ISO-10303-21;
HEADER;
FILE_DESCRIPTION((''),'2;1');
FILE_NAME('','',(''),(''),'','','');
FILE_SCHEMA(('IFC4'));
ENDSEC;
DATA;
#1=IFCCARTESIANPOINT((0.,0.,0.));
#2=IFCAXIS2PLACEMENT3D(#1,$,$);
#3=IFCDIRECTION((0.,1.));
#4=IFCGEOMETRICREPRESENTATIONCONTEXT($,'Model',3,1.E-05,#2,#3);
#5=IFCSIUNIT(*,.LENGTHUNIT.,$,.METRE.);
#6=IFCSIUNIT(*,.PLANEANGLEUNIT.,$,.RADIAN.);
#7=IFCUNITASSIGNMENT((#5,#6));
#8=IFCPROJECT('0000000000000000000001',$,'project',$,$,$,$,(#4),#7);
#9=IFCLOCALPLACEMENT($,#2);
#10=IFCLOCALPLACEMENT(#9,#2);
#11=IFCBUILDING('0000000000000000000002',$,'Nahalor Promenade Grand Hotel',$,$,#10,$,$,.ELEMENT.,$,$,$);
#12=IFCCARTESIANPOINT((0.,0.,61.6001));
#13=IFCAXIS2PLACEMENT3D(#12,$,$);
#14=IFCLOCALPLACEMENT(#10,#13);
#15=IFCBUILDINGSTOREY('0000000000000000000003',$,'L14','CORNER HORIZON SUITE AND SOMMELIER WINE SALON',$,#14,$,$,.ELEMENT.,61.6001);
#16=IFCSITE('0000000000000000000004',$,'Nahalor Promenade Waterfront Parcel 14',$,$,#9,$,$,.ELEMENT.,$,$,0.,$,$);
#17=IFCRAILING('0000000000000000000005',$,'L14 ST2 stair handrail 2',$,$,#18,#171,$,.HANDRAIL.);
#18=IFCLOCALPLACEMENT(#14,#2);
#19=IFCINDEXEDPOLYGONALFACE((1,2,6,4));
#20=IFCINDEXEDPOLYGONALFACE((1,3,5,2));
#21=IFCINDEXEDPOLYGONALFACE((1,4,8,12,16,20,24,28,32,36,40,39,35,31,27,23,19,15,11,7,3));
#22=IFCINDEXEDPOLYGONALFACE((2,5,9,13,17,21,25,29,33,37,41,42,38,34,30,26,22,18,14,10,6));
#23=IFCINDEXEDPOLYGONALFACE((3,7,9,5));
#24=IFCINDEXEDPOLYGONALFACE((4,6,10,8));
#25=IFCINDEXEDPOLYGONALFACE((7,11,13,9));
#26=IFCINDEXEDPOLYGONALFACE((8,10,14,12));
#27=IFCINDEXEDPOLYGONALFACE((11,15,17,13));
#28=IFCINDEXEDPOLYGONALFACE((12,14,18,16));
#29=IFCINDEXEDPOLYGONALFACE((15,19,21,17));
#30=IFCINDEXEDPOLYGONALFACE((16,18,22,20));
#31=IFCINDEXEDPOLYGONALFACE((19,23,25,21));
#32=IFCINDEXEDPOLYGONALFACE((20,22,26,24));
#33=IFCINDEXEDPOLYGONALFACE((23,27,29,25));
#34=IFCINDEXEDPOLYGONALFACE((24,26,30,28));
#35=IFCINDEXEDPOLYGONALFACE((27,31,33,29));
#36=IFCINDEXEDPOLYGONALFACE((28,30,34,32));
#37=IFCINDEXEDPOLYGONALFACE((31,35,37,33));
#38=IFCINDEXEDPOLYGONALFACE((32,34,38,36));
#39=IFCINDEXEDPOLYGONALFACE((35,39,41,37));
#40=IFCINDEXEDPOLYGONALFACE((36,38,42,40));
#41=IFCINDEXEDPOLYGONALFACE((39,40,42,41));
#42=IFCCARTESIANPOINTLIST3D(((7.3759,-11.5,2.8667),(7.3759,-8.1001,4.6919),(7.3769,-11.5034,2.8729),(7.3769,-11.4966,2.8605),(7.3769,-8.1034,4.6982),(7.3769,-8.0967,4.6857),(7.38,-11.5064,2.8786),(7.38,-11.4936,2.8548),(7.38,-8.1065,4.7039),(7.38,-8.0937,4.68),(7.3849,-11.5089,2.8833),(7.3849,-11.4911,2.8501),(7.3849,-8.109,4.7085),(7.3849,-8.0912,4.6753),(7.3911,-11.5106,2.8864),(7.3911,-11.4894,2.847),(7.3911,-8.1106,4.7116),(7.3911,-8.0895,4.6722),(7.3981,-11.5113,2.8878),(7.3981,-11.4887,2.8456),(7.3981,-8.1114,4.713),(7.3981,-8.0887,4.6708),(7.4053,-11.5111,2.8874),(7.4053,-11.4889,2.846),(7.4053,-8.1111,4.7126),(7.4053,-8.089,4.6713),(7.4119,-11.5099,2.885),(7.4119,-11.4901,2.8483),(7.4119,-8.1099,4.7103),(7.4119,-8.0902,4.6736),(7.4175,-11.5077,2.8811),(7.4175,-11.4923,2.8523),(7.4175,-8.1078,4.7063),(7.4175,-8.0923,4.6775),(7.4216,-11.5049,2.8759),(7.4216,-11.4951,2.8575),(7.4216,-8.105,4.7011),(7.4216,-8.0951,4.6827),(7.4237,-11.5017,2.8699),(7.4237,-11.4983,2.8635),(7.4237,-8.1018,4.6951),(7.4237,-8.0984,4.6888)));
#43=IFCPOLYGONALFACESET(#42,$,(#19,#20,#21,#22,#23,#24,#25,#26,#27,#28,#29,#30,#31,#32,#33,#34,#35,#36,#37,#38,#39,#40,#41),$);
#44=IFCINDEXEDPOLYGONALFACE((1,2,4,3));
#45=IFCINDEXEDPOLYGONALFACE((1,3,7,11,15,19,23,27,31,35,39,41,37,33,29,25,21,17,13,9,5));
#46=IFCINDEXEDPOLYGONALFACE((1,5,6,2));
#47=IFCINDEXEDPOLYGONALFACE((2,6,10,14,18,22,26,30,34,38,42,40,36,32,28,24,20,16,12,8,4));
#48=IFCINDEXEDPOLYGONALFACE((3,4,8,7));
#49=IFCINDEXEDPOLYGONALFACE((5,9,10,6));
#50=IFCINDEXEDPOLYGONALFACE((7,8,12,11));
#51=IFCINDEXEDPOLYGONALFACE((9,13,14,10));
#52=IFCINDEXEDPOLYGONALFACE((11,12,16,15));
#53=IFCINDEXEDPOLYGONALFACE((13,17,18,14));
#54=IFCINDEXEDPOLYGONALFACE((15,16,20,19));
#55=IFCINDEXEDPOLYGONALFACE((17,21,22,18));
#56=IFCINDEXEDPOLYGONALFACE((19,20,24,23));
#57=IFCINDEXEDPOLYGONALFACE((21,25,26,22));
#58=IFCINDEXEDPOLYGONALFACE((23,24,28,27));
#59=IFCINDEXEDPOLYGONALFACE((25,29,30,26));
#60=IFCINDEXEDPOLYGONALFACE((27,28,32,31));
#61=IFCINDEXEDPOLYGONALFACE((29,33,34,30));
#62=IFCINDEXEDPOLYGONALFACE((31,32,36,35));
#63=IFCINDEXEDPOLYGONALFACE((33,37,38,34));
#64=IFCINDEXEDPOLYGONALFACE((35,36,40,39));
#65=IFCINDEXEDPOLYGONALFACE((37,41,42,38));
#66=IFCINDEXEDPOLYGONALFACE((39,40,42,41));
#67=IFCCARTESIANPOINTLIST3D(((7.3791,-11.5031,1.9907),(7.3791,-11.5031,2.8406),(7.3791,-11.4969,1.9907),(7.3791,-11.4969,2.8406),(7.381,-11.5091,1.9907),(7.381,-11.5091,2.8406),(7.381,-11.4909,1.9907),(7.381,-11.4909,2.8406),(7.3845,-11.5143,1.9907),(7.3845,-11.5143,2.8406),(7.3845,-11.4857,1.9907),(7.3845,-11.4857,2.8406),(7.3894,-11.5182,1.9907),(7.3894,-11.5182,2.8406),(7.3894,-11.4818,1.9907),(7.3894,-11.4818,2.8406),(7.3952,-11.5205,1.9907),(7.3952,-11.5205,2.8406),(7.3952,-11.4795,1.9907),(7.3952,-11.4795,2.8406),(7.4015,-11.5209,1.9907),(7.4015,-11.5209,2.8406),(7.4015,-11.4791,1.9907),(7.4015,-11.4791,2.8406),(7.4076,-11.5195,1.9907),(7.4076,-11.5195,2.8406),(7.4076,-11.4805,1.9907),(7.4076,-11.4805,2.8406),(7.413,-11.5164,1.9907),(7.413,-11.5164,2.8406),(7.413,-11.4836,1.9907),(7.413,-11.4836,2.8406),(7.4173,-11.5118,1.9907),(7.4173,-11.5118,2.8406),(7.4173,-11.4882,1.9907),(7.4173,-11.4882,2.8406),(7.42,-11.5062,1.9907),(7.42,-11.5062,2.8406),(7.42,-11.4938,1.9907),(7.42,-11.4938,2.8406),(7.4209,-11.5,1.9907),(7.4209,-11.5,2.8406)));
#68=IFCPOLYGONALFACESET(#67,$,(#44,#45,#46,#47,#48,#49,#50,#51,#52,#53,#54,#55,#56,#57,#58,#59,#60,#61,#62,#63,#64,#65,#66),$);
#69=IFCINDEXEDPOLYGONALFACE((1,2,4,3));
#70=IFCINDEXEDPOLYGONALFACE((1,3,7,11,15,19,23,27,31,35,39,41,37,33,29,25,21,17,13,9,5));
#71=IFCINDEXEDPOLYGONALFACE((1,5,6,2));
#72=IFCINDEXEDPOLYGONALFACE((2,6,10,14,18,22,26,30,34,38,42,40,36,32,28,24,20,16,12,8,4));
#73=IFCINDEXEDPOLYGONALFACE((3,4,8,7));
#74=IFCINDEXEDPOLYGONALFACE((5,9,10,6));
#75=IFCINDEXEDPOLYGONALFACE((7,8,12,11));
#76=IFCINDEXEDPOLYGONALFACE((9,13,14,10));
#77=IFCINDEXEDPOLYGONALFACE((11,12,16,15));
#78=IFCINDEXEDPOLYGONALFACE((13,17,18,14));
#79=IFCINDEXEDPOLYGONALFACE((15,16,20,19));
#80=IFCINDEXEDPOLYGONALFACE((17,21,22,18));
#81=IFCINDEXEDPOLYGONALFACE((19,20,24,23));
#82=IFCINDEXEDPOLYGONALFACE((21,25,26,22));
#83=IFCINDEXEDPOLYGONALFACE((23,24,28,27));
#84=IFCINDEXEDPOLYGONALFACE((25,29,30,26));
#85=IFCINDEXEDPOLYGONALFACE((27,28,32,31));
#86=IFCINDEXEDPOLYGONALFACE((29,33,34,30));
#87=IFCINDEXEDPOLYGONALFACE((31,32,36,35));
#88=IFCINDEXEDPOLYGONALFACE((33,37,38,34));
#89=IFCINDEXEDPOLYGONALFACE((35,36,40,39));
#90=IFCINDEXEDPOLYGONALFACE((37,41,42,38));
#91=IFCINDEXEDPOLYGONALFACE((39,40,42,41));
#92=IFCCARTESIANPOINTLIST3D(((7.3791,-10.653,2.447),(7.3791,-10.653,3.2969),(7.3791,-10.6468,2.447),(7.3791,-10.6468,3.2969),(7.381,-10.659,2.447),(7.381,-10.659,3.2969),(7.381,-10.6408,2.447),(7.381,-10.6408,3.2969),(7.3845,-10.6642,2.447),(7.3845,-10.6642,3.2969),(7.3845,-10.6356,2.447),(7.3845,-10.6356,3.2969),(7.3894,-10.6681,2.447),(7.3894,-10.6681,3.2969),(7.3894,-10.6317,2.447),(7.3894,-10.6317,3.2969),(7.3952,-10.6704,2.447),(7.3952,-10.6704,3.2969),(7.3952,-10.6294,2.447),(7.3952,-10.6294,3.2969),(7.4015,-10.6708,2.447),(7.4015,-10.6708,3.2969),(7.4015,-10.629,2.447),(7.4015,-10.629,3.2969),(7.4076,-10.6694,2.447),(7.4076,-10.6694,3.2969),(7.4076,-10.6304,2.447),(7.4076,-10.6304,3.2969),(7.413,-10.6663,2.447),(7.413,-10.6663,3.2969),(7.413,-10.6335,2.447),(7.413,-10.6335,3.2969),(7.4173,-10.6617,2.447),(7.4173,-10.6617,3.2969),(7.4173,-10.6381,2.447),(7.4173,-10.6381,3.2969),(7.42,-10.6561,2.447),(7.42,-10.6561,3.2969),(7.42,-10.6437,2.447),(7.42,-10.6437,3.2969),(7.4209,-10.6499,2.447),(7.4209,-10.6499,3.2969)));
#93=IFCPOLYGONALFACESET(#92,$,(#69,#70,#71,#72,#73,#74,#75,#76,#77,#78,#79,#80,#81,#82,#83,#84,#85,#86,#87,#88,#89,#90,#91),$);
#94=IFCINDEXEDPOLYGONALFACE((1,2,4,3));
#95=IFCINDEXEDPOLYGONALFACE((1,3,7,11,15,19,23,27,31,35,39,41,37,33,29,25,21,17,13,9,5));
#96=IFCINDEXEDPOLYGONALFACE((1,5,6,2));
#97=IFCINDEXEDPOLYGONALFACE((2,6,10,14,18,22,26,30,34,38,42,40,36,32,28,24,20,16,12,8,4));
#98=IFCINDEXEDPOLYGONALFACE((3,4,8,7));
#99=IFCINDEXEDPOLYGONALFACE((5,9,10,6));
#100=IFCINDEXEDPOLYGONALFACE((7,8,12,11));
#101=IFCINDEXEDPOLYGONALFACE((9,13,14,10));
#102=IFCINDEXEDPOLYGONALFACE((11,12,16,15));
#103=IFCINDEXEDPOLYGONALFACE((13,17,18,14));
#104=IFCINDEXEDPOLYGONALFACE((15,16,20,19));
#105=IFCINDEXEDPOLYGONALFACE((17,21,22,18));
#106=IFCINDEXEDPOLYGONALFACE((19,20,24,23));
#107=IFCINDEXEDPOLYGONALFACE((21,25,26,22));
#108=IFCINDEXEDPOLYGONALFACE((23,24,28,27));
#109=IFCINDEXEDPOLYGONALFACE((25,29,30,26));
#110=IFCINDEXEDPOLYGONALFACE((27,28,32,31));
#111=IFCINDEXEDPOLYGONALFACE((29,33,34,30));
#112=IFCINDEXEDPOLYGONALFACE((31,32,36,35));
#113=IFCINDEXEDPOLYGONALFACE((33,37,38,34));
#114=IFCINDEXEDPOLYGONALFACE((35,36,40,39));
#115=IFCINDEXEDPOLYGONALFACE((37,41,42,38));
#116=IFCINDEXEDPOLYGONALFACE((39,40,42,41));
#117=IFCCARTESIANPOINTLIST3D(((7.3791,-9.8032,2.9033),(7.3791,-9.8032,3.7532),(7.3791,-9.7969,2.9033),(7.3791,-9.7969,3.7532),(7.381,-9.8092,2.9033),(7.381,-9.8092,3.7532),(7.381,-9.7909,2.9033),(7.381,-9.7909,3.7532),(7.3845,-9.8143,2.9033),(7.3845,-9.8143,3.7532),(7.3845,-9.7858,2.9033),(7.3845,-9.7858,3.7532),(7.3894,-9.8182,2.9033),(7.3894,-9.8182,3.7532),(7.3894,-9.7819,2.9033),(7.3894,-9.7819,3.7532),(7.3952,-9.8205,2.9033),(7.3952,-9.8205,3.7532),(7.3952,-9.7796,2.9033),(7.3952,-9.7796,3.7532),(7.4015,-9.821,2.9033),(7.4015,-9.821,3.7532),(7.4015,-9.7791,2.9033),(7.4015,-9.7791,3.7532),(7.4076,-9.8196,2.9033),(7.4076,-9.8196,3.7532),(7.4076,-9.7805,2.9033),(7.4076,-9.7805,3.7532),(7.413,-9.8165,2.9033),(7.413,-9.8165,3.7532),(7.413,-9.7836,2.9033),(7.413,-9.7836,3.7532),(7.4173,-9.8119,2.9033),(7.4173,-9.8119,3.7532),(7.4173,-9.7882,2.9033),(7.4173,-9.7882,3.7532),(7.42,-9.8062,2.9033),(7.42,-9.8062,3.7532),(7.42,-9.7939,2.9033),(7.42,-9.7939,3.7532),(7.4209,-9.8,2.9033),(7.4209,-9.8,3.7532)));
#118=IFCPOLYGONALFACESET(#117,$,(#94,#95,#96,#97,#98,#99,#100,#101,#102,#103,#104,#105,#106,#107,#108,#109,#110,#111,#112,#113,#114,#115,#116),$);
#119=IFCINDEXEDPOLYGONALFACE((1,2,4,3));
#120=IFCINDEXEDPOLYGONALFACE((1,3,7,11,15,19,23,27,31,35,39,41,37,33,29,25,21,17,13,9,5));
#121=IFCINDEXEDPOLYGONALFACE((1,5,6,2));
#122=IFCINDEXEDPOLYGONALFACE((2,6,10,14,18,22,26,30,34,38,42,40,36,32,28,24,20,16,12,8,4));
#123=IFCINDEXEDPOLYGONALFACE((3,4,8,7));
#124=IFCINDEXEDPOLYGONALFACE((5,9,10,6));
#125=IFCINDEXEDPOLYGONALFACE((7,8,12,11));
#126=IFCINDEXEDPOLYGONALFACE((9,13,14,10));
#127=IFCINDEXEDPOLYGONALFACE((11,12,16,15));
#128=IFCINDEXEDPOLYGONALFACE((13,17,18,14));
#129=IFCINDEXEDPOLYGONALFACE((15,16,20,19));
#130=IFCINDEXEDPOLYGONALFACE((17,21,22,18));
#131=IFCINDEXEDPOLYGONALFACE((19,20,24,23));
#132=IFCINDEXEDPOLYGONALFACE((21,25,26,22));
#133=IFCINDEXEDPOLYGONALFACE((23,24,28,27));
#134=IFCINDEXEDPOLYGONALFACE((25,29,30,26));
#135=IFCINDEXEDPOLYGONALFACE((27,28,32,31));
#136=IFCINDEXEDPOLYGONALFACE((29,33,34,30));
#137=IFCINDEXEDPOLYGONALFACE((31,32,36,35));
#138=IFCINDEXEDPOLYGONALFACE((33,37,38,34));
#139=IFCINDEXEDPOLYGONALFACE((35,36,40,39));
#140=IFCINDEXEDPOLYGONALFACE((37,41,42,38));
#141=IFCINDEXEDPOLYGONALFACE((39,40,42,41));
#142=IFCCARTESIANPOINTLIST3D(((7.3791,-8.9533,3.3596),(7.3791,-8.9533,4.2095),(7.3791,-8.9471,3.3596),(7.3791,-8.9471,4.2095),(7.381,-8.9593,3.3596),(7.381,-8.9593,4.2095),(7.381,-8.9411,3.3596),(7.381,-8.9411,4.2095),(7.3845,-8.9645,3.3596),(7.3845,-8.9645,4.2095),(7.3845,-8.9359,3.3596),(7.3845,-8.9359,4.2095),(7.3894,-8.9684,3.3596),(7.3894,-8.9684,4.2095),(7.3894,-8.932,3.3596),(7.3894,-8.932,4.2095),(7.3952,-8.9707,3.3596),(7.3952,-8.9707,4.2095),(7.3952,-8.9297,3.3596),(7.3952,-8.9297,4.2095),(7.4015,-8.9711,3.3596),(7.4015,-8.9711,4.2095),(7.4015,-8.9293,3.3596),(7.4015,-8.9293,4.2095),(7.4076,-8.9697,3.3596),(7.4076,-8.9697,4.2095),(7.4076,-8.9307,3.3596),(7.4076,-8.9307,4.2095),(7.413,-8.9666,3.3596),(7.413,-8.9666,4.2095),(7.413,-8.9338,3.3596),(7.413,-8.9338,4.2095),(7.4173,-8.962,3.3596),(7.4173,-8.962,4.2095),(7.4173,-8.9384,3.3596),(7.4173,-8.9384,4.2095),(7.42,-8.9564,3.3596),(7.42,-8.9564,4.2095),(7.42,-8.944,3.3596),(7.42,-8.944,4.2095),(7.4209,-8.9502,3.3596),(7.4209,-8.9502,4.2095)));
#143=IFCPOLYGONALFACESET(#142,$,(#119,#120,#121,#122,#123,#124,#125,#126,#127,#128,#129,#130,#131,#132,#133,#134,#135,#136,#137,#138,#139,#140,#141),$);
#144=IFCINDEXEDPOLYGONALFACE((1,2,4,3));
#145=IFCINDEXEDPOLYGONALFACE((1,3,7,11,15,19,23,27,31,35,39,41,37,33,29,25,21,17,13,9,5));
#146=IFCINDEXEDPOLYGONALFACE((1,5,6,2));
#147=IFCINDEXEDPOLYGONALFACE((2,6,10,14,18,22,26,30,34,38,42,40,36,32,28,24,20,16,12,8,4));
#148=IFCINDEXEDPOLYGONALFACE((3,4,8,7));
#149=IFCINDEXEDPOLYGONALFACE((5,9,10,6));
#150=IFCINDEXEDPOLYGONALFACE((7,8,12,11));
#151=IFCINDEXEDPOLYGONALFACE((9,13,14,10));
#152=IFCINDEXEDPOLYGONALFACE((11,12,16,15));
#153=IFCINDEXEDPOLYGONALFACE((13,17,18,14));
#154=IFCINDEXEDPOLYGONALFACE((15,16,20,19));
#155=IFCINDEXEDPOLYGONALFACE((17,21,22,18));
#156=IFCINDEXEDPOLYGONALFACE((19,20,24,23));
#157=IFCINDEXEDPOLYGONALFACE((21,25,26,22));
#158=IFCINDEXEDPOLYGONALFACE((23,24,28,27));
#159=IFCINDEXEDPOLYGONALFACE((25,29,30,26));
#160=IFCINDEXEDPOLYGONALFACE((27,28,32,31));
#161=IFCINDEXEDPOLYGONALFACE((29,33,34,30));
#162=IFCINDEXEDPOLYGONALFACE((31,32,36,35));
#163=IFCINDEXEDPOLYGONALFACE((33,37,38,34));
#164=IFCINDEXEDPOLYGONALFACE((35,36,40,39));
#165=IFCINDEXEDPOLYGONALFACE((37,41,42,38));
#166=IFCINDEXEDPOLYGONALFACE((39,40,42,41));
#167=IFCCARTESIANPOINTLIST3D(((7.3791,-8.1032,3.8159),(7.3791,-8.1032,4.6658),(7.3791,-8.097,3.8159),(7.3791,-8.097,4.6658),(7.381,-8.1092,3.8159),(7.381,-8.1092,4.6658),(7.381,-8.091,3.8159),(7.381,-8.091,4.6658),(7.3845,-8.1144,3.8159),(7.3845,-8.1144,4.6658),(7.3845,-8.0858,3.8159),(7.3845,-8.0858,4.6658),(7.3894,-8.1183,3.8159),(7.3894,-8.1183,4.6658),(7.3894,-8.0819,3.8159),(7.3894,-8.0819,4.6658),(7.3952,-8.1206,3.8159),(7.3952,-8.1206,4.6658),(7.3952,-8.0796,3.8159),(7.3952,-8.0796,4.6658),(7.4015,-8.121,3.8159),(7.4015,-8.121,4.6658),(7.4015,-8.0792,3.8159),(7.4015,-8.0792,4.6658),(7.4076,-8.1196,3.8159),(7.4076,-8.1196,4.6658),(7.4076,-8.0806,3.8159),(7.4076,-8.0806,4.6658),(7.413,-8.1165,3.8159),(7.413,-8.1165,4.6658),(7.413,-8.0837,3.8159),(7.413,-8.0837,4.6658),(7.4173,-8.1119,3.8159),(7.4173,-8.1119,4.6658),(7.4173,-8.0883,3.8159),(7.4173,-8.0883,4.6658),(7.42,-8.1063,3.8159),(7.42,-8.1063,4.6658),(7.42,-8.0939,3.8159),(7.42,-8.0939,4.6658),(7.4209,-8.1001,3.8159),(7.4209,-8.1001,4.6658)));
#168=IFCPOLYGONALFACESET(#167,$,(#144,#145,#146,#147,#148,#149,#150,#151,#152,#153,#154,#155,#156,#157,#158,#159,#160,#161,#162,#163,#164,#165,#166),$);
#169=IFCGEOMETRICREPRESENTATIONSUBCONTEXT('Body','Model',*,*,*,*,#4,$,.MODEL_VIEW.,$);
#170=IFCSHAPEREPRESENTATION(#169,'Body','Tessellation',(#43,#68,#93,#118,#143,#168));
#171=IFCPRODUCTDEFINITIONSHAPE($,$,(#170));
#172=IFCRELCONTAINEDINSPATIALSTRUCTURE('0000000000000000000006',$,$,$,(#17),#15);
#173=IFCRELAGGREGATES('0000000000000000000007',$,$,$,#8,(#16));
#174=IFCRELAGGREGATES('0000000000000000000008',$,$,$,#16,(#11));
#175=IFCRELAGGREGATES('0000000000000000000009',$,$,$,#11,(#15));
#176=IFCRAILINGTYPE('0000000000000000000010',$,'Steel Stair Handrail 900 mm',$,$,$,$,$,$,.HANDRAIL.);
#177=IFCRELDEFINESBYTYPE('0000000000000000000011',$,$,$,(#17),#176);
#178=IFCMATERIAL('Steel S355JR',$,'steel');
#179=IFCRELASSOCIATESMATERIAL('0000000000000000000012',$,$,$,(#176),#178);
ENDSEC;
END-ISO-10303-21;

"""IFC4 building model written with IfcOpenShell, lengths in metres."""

from ifc_helpers import new_model, si_unit, direction, frame, origin, origin_2d, place, context, subcontext, project, spatial, circle, extrude, material, type_object, element, save


model = new_model("IFC4")

# Units and contexts
model_context = context("Model", 3, precision=1e-05, world=origin(), true_north=direction((0.0, 1.0)))
body_context = subcontext(model_context, "Body", "Model", "MODEL_VIEW")
ifc_project = project(units=[si_unit("LENGTHUNIT", "METRE"), si_unit("PLANEANGLEUNIT", "RADIAN")], contexts=[model_context])

# Site, building, storey
site_placement = place(None, origin())
site = spatial("IfcSite", under=ifc_project, at=site_placement, Name="Nahalor Promenade Waterfront Parcel 14", CompositionType="ELEMENT", RefElevation=0.0)
building_placement = place(site_placement, origin())
building = spatial("IfcBuilding", under=site, at=building_placement, Name="Nahalor Promenade Grand Hotel", CompositionType="ELEMENT")
storey_placement = place(building_placement, frame((0.0, 0.0, 61.6001)))
storey = spatial("IfcBuildingStorey", under=building, at=storey_placement, Name="L14", Description="CORNER HORIZON SUITE AND SOMMELIER WINE SALON", CompositionType="ELEMENT", Elevation=61.6001)

# Shared definitions
ifc_material_1 = material(Name="Steel S355JR", Category="steel")

# Railing
railing_type_1 = type_object("IfcRailingType", Name="Steel Stair Handrail 900 mm", PredefinedType="HANDRAIL", material=ifc_material_1)
railing_1_placement = place(storey_placement, frame((7.3999, -11.5, 1.9907)))
element("IfcRailing", 1, at=railing_1_placement, inside=storey, type_object=railing_type_1, Name="L14 ST2 stair handrail 2", PredefinedType="HANDRAIL", context=body_context, shape_type="SweptSolid", body=[
    extrude(circle(Radius=0.024, at=origin_2d()), frame((0.0, 0.0, 0.876), z_axis=(0.0, 0.881068, 0.47299), x_axis=(-1.0, 0.0, 0.0)), (0.0, 0.0, 1.0), 3.8589),
    extrude(circle(Radius=0.021, at=origin_2d()), origin(), (0.0, 0.0, 1.0), 0.8499),
    extrude(circle(Radius=0.021, at=origin_2d()), frame((0.0, 0.8501, 0.4563)), (0.0, 0.0, 1.0), 0.8499),
    extrude(circle(Radius=0.021, at=origin_2d()), frame((0.0, 1.7, 0.9126)), (0.0, 0.0, 1.0), 0.8499),
    extrude(circle(Radius=0.021, at=origin_2d()), frame((0.0, 2.5498, 1.3689)), (0.0, 0.0, 1.0), 0.8499),
    extrude(circle(Radius=0.021, at=origin_2d()), frame((0.0, 3.3999, 1.8252)), (0.0, 0.0, 1.0), 0.8499),
])

save(model, "model.ifc")
